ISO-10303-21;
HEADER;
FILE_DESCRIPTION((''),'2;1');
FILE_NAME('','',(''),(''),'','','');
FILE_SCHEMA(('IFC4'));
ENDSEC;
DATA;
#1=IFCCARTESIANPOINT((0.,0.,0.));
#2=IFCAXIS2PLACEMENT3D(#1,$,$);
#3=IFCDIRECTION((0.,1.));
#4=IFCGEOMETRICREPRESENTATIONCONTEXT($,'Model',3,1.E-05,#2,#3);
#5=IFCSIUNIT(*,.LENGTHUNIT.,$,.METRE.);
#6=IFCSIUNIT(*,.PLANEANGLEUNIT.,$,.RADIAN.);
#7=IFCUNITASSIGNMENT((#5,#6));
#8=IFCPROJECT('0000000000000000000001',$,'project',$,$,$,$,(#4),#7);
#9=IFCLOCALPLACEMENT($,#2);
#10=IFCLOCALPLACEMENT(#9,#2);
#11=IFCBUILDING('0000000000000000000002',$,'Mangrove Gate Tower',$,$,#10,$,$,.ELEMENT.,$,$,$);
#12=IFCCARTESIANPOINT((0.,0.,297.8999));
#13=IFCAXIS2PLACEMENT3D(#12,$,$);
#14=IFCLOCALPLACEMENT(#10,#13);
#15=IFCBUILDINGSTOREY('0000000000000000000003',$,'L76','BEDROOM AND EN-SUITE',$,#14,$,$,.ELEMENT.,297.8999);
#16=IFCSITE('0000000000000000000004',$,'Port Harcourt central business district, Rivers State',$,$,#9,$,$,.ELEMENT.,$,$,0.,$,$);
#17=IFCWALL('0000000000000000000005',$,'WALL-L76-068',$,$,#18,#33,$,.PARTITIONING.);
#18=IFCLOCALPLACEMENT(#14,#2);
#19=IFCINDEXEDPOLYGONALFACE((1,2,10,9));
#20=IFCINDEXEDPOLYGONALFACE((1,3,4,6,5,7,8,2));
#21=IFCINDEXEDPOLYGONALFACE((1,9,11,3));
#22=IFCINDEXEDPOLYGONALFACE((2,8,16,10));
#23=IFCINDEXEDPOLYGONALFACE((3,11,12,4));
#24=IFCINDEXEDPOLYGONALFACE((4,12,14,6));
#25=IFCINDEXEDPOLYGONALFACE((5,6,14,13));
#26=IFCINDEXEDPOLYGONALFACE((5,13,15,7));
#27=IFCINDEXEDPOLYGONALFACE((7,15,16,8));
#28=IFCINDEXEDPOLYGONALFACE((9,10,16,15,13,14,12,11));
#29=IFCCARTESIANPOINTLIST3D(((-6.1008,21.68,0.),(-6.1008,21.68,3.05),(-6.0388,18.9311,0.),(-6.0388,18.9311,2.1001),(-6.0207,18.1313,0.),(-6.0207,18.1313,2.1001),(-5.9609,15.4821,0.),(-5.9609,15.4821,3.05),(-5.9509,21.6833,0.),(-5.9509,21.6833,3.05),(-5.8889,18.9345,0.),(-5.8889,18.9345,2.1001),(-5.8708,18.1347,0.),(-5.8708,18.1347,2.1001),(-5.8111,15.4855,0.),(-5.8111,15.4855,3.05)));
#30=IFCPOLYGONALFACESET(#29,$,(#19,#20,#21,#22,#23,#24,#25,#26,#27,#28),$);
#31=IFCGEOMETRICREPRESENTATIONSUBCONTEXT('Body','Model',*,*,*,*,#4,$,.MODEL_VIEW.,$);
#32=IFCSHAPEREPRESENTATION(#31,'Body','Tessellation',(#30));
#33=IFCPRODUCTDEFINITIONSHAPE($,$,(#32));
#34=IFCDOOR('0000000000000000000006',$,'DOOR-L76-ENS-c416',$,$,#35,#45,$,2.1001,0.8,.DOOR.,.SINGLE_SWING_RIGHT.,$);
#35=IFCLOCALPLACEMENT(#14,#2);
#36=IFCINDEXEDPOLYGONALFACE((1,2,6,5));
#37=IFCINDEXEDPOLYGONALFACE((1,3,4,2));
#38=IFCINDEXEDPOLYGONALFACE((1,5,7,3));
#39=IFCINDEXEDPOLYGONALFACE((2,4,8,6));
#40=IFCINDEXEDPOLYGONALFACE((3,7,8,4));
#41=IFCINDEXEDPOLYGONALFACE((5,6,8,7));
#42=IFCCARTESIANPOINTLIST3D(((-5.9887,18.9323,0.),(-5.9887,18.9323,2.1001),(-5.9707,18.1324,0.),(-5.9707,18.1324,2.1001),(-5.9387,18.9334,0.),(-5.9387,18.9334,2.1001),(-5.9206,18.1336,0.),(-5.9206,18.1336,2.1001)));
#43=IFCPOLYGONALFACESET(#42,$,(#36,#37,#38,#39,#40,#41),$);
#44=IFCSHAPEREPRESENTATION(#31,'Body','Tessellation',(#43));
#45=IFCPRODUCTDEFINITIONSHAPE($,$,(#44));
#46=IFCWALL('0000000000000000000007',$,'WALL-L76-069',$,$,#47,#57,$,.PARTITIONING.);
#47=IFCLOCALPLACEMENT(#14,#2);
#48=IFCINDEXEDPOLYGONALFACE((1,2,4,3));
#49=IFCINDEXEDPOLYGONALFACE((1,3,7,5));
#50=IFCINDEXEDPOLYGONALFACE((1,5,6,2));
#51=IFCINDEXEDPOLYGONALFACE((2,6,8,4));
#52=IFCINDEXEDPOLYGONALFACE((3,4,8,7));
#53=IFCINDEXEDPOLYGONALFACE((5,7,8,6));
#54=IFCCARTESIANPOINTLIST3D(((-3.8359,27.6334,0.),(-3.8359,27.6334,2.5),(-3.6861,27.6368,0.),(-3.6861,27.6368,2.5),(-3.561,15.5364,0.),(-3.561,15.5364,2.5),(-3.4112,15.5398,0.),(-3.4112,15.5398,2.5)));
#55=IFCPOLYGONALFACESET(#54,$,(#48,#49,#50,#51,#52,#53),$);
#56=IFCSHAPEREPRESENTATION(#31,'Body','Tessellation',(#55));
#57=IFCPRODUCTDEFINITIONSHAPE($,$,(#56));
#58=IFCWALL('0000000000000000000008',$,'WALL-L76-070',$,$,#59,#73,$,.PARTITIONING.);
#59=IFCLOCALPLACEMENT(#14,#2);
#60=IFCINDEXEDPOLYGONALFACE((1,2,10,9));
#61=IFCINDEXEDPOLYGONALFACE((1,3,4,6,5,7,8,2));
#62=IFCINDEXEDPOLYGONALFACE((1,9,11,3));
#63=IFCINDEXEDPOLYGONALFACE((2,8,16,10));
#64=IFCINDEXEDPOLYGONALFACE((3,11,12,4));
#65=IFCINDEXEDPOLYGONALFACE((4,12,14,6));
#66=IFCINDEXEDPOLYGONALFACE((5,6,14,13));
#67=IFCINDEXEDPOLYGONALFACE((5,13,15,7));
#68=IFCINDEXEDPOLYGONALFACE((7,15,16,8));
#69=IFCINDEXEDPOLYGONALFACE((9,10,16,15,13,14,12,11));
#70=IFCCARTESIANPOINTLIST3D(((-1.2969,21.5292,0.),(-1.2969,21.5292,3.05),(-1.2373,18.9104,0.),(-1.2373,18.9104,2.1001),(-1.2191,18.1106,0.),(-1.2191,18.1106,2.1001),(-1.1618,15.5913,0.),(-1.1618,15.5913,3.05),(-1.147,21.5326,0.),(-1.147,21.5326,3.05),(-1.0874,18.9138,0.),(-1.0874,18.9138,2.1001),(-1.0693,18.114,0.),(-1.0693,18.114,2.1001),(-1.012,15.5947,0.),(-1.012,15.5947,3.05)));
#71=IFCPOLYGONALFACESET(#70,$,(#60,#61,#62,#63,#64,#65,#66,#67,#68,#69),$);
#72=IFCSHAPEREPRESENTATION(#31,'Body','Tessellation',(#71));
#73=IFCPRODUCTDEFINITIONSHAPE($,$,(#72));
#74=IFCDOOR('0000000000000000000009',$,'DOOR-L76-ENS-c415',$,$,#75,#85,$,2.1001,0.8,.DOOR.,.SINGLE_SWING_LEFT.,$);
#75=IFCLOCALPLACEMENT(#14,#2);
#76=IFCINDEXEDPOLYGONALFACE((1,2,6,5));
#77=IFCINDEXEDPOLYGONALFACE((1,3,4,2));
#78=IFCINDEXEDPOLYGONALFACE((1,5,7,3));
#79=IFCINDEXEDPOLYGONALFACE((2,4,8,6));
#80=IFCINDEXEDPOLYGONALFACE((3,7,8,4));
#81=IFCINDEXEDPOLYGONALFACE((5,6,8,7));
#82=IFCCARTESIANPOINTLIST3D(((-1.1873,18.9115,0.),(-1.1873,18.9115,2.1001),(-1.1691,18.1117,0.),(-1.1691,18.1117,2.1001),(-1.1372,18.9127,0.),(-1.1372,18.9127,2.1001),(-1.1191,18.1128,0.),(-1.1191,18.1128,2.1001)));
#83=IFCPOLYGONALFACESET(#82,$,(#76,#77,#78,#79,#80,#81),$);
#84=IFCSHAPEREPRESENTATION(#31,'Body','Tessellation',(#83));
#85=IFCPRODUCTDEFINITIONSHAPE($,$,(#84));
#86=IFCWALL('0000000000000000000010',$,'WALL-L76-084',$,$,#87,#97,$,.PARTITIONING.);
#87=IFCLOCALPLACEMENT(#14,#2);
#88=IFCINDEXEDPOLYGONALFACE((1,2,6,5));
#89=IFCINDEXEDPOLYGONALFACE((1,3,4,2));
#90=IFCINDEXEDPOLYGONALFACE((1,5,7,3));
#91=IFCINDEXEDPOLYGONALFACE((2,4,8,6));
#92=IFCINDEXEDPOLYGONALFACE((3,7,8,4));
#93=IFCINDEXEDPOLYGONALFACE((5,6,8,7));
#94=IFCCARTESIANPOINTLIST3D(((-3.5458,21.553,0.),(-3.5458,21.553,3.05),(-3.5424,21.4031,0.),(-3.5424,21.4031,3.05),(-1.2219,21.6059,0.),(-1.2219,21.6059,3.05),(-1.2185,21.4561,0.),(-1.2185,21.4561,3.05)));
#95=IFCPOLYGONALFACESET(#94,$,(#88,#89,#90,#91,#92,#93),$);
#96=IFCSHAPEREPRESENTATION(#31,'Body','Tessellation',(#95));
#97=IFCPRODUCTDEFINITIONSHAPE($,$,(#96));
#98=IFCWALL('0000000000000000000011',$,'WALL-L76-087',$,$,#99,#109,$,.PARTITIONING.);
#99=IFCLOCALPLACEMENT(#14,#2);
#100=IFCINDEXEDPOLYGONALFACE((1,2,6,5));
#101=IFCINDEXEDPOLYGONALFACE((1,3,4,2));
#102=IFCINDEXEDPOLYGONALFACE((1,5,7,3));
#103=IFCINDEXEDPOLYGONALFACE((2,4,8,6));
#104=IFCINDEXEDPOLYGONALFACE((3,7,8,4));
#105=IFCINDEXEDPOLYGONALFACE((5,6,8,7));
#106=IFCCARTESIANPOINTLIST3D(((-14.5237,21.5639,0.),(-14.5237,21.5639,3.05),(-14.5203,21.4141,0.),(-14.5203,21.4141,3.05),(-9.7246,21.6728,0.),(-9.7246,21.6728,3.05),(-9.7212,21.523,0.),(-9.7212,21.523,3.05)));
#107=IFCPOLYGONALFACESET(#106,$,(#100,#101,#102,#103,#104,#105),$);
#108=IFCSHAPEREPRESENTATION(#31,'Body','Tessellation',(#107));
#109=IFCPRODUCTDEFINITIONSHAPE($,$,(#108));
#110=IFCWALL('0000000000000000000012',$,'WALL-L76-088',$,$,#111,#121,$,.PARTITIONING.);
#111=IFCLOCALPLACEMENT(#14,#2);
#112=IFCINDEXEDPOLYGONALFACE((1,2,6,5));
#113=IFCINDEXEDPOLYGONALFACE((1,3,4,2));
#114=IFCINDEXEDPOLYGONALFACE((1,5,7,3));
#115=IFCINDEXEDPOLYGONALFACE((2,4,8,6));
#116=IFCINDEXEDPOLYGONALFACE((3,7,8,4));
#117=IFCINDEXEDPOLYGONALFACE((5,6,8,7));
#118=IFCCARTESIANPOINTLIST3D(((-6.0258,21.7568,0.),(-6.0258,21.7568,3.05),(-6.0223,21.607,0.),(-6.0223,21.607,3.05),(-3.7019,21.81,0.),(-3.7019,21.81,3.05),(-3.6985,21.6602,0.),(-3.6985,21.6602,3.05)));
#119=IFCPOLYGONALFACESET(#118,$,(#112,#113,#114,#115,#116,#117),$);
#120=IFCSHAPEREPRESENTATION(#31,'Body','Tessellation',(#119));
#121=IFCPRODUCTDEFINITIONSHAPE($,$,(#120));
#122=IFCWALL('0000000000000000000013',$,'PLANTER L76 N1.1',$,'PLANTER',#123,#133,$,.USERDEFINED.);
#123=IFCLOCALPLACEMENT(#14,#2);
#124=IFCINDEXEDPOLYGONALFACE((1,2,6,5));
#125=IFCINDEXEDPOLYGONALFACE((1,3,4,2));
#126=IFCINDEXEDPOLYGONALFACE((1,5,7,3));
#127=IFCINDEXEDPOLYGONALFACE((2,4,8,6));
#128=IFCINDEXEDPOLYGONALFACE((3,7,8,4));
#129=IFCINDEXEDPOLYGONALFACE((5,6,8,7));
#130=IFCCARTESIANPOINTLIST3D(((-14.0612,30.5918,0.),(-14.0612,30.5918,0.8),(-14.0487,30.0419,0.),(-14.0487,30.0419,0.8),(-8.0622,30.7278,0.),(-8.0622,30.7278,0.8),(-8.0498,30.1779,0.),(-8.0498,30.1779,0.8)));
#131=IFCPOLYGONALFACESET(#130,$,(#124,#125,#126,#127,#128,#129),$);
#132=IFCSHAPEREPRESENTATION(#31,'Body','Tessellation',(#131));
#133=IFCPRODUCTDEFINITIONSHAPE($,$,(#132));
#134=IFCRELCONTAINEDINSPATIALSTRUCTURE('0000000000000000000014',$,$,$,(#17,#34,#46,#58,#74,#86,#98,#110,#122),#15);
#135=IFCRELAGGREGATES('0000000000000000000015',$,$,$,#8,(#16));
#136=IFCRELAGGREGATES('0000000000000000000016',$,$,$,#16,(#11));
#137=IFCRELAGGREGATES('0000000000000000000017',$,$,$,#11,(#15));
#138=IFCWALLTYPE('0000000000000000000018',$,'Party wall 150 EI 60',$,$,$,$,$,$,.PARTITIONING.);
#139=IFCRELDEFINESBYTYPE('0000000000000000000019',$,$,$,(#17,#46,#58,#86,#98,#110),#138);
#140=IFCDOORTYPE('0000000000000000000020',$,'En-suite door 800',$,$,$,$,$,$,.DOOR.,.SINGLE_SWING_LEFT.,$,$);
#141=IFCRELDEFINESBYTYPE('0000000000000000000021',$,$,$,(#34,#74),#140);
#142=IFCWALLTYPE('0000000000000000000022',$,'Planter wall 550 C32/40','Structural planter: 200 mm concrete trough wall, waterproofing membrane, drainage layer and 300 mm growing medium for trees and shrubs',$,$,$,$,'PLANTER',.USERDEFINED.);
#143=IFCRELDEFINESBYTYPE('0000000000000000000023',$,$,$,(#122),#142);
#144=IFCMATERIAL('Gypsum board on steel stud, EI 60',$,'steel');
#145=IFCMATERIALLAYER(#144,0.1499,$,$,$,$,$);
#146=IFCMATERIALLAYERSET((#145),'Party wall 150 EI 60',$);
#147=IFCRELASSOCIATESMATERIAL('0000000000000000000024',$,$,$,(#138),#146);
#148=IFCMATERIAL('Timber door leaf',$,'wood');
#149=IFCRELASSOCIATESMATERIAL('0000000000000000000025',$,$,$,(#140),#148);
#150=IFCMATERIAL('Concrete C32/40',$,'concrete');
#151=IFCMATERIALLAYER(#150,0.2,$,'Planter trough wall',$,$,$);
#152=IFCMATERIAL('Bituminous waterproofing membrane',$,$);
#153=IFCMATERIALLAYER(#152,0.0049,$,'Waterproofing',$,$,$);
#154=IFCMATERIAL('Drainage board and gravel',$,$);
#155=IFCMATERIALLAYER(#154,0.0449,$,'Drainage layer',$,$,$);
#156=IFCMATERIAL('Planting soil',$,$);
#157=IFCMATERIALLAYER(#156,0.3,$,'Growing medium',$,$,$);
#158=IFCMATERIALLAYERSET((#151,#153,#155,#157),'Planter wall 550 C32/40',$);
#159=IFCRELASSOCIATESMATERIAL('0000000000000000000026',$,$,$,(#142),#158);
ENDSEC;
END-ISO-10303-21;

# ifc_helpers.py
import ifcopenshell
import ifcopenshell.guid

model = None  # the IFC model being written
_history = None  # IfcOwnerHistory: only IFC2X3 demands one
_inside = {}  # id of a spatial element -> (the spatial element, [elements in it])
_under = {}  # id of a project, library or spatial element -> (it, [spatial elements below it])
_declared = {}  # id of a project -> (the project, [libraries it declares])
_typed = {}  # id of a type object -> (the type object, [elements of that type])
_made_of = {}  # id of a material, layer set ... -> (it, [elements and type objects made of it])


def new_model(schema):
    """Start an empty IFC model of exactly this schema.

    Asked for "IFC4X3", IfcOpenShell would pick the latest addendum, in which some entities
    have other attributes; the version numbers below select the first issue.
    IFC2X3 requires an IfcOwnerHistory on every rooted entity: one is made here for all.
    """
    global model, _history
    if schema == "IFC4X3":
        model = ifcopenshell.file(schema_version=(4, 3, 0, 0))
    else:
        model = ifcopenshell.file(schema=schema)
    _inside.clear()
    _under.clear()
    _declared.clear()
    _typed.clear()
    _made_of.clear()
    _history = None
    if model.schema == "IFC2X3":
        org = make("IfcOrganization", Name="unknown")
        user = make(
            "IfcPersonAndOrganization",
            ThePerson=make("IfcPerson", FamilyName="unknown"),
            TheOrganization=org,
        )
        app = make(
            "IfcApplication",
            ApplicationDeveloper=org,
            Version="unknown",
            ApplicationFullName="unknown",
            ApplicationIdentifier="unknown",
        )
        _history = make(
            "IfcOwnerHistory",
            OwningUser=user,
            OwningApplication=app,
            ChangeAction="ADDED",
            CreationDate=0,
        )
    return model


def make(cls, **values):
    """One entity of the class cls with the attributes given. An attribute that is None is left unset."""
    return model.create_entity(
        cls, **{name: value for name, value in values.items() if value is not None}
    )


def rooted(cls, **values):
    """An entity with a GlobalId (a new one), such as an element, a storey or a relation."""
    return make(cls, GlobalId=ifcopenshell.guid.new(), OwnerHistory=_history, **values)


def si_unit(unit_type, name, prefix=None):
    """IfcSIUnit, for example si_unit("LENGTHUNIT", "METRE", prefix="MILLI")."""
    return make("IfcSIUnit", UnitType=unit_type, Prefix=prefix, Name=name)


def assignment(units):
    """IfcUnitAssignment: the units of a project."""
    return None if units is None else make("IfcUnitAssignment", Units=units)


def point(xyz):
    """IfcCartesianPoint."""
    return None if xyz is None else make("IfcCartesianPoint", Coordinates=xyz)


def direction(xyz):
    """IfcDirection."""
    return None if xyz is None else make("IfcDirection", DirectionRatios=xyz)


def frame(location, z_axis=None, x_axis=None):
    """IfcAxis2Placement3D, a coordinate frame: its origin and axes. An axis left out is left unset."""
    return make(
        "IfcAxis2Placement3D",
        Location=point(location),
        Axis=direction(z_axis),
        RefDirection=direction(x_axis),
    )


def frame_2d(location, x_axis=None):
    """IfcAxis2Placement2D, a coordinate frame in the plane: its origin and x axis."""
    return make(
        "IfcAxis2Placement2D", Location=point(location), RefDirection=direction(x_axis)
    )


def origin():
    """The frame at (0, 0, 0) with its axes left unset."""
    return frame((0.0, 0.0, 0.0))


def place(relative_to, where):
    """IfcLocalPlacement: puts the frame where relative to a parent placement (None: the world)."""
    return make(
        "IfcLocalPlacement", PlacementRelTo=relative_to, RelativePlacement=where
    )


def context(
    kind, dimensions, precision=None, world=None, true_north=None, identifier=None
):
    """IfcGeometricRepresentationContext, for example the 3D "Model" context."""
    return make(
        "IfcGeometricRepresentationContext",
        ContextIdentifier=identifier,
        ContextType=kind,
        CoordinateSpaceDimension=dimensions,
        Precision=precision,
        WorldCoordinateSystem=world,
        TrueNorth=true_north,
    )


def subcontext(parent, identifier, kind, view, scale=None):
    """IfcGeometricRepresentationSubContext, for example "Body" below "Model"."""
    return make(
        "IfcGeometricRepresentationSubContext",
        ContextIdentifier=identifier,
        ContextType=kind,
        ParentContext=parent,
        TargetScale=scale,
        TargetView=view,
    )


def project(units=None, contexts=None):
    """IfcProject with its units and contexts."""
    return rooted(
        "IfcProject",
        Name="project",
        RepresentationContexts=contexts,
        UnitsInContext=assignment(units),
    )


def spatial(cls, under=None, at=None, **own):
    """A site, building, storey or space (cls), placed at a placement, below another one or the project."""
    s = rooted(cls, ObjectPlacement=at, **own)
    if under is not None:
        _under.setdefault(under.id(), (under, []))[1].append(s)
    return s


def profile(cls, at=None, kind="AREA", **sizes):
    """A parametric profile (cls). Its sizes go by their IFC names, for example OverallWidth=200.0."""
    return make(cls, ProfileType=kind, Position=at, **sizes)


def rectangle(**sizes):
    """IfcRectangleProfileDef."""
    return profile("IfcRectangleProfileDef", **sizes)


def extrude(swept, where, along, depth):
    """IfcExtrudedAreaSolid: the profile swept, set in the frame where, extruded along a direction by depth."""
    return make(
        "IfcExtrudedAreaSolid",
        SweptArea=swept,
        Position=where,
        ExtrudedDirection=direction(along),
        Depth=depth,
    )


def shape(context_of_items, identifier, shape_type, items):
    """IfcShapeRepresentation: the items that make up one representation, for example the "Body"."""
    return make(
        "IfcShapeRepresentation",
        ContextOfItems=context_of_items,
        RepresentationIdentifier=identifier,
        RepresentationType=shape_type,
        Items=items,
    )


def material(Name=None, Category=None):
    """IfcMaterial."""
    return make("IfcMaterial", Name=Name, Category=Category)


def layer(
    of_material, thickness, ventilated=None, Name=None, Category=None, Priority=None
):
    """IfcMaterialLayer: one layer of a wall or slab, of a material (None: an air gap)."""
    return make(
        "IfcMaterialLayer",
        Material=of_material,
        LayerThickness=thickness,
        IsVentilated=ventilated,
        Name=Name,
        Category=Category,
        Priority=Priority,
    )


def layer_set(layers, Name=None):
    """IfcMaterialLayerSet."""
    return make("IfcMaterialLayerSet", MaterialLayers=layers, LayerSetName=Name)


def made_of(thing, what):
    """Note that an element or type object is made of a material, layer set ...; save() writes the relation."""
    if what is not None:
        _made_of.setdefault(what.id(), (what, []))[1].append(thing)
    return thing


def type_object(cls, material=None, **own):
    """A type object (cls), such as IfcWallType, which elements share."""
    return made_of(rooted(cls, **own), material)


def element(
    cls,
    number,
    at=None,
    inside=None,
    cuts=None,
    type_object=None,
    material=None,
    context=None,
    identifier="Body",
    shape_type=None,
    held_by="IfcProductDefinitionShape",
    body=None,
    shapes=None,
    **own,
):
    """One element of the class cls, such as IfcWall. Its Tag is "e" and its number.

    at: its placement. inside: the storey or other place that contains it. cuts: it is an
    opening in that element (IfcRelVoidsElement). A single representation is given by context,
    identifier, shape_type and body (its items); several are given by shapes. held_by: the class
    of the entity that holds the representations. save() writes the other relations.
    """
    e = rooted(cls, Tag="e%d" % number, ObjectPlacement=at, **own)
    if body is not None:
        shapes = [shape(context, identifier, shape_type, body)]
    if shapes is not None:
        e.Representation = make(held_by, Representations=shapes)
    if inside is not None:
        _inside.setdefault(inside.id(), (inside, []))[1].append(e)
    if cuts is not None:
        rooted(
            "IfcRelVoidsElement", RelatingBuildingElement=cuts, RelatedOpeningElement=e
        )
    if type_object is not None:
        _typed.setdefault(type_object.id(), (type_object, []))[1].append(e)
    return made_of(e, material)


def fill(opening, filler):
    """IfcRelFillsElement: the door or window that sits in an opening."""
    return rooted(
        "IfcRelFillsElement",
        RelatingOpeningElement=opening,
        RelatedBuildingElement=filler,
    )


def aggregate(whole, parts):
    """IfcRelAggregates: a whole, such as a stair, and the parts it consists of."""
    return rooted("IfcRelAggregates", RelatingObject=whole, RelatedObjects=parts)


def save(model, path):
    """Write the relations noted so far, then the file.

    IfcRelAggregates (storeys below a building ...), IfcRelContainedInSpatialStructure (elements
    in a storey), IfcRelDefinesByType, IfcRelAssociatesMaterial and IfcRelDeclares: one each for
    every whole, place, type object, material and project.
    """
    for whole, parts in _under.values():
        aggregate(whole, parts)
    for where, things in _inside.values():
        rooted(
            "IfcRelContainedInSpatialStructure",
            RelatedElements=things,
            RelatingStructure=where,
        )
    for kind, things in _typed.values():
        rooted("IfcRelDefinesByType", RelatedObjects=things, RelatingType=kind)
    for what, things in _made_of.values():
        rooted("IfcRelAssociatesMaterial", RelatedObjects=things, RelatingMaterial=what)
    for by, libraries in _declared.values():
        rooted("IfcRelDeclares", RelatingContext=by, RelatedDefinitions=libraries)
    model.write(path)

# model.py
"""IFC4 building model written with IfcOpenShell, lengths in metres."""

from ifc_helpers import new_model, si_unit, direction, frame, frame_2d, origin, place, context, subcontext, project, spatial, rectangle, extrude, material, layer, layer_set, type_object, element, fill, save


model = new_model("IFC4")

# Units and contexts
model_context = context("Model", 3, precision=1e-05, world=origin(), true_north=direction((0.0, 1.0)))
body_context = subcontext(model_context, "Body", "Model", "MODEL_VIEW")
ifc_project = project(units=[si_unit("LENGTHUNIT", "METRE"), si_unit("PLANEANGLEUNIT", "RADIAN")], contexts=[model_context])

# Site, building, storey
site_placement = place(None, origin())
site = spatial("IfcSite", under=ifc_project, at=site_placement, Name="Port Harcourt central business district, Rivers State", CompositionType="ELEMENT", RefElevation=0.0)
building_placement = place(site_placement, origin())
building = spatial("IfcBuilding", under=site, at=building_placement, Name="Mangrove Gate Tower", CompositionType="ELEMENT")
storey_placement = place(building_placement, frame((0.0, 0.0, 297.8999)))
storey = spatial("IfcBuildingStorey", under=building, at=storey_placement, Name="L76", Description="BEDROOM AND EN-SUITE", CompositionType="ELEMENT", Elevation=297.8999)

# Shared definitions
ifc_material_1 = material(Name="Gypsum board on steel stud, EI 60", Category="steel")
ifc_layer_1 = layer(ifc_material_1, 0.1499)
ifc_layer_set_1 = layer_set([ifc_layer_1], Name="Party wall 150 EI 60")
wall_type_1 = type_object("IfcWallType", Name="Party wall 150 EI 60", PredefinedType="PARTITIONING", material=ifc_layer_set_1)

# Shared definitions
ifc_material_2 = material(Name="Timber door leaf", Category="wood")
door_type = type_object("IfcDoorType", Name="En-suite door 800", OperationType="SINGLE_SWING_LEFT", PredefinedType="DOOR", material=ifc_material_2)

# Wall, opening, door
wall_1_placement = place(storey_placement, frame((-5.886, 15.4839, 0.0), z_axis=(0.0, 0.0, 1.0), x_axis=(-0.022565, 0.999745, 0.0)))
wall_1 = element("IfcWall", 1, at=wall_1_placement, inside=storey, type_object=wall_type_1, Name="WALL-L76-068", PredefinedType="PARTITIONING", context=body_context, shape_type="SweptSolid", body=[
    extrude(rectangle(XDim=6.1995, YDim=0.1499, at=frame_2d((3.0996, 0.0))), origin(), (0.0, 0.0, 1.0), 3.05),
])
opening_1_placement = place(wall_1_placement, frame((2.6499, 0.0, 0.0)))
opening_1 = element("IfcOpeningElement", 2, at=opening_1_placement, cuts=wall_1, PredefinedType="OPENING", context=body_context, shape_type="SweptSolid", body=[
    extrude(rectangle(XDim=0.8, YDim=2.1001, at=frame_2d((0.3999, 1.05))), frame((0.0, 0.085, 0.0), z_axis=(0.0, -1.0, 0.0), x_axis=(1.0, 0.0, 0.0)), (0.0, 0.0, 1.0), 0.1699),
])
door_1_placement = place(opening_1_placement, origin())
door_1 = element("IfcDoor", 3, at=door_1_placement, inside=storey, type_object=door_type, Name="DOOR-L76-ENS-c416", OperationType="SINGLE_SWING_RIGHT", OverallHeight=2.1001, OverallWidth=0.8, PredefinedType="DOOR", context=body_context, shape_type="SweptSolid", body=[
    extrude(rectangle(XDim=0.8, YDim=2.1001, at=frame_2d((0.3999, 1.05))), frame((0.0, 0.0249, 0.0), z_axis=(0.0, -1.0, 0.0), x_axis=(1.0, 0.0, 0.0)), (0.0, 0.0, 1.0), 0.05),
])
fill(opening_1, door_1)

# Wall
wall_2_placement = place(storey_placement, frame((-3.4861, 15.5381, 0.0), z_axis=(0.0, 0.0, 1.0), x_axis=(-0.022719, 0.999742, 0.0)))
element("IfcWall", 4, at=wall_2_placement, inside=storey, type_object=wall_type_1, Name="WALL-L76-069", PredefinedType="PARTITIONING", context=body_context, shape_type="SweptSolid", body=[
    extrude(rectangle(XDim=12.1001, YDim=0.1499, at=frame_2d((6.05, 0.0))), origin(), (0.0, 0.0, 1.0), 2.5),
])

# Wall, opening, door
wall_3_placement = place(storey_placement, frame((-1.0869, 15.593, 0.0), z_axis=(0.0, 0.0, 1.0), x_axis=(-0.022731, 0.999742, 0.0)))
wall_3 = element("IfcWall", 5, at=wall_3_placement, inside=storey, type_object=wall_type_1, Name="WALL-L76-070", PredefinedType="PARTITIONING", context=body_context, shape_type="SweptSolid", body=[
    extrude(rectangle(XDim=5.9395, YDim=0.1499, at=frame_2d((2.9697, 0.0))), origin(), (0.0, 0.0, 1.0), 3.05),
])
opening_2_placement = place(wall_3_placement, frame((2.52, 0.0, 0.0)))
opening_2 = element("IfcOpeningElement", 6, at=opening_2_placement, cuts=wall_3, PredefinedType="OPENING", context=body_context, shape_type="SweptSolid", body=[
    extrude(rectangle(XDim=0.8, YDim=2.1001, at=frame_2d((0.3999, 1.05))), frame((0.0, 0.085, 0.0), z_axis=(0.0, -1.0, 0.0), x_axis=(1.0, 0.0, 0.0)), (0.0, 0.0, 1.0), 0.1699),
])
door_2_placement = place(opening_2_placement, origin())
door_2 = element("IfcDoor", 7, at=door_2_placement, inside=storey, type_object=door_type, Name="DOOR-L76-ENS-c415", OperationType="SINGLE_SWING_LEFT", OverallHeight=2.1001, OverallWidth=0.8, PredefinedType="DOOR", context=body_context, shape_type="SweptSolid", body=[
    extrude(rectangle(XDim=0.8, YDim=2.1001, at=frame_2d((0.3999, 1.05))), frame((0.0, 0.0249, 0.0), z_axis=(0.0, -1.0, 0.0), x_axis=(1.0, 0.0, 0.0)), (0.0, 0.0, 1.0), 0.05),
])
fill(opening_2, door_2)

# Walls
wall_4_placement = place(storey_placement, frame((-3.5439, 21.478, 0.0), z_axis=(0.0, 0.0, 1.0), x_axis=(0.99974, 0.022791, 0.0)))
element("IfcWall", 8, at=wall_4_placement, inside=storey, type_object=wall_type_1, Name="WALL-L76-084", PredefinedType="PARTITIONING", context=body_context, shape_type="SweptSolid", body=[
    extrude(rectangle(XDim=2.3245, YDim=0.1499, at=frame_2d((1.1621, 0.0))), origin(), (0.0, 0.0, 1.0), 3.05),
])
wall_5_placement = place(storey_placement, frame((-14.522, 21.489, 0.0), z_axis=(0.0, 0.0, 1.0), x_axis=(0.999743, 0.022683, 0.0)))
element("IfcWall", 9, at=wall_5_placement, inside=storey, type_object=wall_type_1, Name="WALL-L76-087", PredefinedType="PARTITIONING", context=body_context, shape_type="SweptSolid", body=[
    extrude(rectangle(XDim=4.8003, YDim=0.1499, at=frame_2d((2.4001, 0.0))), origin(), (0.0, 0.0, 1.0), 3.05),
])
wall_6_placement = place(storey_placement, frame((-6.0239, 21.6819, 0.0), z_axis=(0.0, 0.0, 1.0), x_axis=(0.999738, 0.022896, 0.0)))
element("IfcWall", 10, at=wall_6_placement, inside=storey, type_object=wall_type_1, Name="WALL-L76-088", PredefinedType="PARTITIONING", context=body_context, shape_type="SweptSolid", body=[
    extrude(rectangle(XDim=2.3245, YDim=0.1499, at=frame_2d((1.1621, 0.0))), origin(), (0.0, 0.0, 1.0), 3.05),
])
ifc_material_3 = material(Name="Concrete C32/40", Category="concrete")
ifc_layer_2 = layer(ifc_material_3, 0.2, Name="Planter trough wall")
ifc_material_4 = material(Name="Bituminous waterproofing membrane")
ifc_layer_3 = layer(ifc_material_4, 0.0049, Name="Waterproofing")
ifc_material_5 = material(Name="Drainage board and gravel")
ifc_layer_4 = layer(ifc_material_5, 0.0449, Name="Drainage layer")
ifc_material_6 = material(Name="Planting soil")
ifc_layer_5 = layer(ifc_material_6, 0.3, Name="Growing medium")
ifc_layer_set_2 = layer_set([ifc_layer_2, ifc_layer_3, ifc_layer_4, ifc_layer_5], Name="Planter wall 550 C32/40")
wall_type_2 = type_object("IfcWallType", Name="Planter wall 550 C32/40", Description="Structural planter: 200 mm concrete trough wall, waterproofing membrane, drainage layer and 300 mm growing medium for trees and shrubs", ElementType="PLANTER", PredefinedType="USERDEFINED", material=ifc_layer_set_2)
wall_7_placement = place(storey_placement, frame((-14.0549, 30.3169, 0.0), z_axis=(0.0, 0.0, 1.0), x_axis=(0.999743, 0.022662, 0.0)))
element("IfcWall", 11, at=wall_7_placement, inside=storey, type_object=wall_type_2, Name="PLANTER L76 N1.1", ObjectType="PLANTER", PredefinedType="USERDEFINED", context=body_context, shape_type="SweptSolid", body=[
    extrude(rectangle(XDim=6.0005, YDim=0.55, at=frame_2d((3.0002, 0.0))), origin(), (0.0, 0.0, 1.0), 0.8),
])

save(model, "model.ifc")
